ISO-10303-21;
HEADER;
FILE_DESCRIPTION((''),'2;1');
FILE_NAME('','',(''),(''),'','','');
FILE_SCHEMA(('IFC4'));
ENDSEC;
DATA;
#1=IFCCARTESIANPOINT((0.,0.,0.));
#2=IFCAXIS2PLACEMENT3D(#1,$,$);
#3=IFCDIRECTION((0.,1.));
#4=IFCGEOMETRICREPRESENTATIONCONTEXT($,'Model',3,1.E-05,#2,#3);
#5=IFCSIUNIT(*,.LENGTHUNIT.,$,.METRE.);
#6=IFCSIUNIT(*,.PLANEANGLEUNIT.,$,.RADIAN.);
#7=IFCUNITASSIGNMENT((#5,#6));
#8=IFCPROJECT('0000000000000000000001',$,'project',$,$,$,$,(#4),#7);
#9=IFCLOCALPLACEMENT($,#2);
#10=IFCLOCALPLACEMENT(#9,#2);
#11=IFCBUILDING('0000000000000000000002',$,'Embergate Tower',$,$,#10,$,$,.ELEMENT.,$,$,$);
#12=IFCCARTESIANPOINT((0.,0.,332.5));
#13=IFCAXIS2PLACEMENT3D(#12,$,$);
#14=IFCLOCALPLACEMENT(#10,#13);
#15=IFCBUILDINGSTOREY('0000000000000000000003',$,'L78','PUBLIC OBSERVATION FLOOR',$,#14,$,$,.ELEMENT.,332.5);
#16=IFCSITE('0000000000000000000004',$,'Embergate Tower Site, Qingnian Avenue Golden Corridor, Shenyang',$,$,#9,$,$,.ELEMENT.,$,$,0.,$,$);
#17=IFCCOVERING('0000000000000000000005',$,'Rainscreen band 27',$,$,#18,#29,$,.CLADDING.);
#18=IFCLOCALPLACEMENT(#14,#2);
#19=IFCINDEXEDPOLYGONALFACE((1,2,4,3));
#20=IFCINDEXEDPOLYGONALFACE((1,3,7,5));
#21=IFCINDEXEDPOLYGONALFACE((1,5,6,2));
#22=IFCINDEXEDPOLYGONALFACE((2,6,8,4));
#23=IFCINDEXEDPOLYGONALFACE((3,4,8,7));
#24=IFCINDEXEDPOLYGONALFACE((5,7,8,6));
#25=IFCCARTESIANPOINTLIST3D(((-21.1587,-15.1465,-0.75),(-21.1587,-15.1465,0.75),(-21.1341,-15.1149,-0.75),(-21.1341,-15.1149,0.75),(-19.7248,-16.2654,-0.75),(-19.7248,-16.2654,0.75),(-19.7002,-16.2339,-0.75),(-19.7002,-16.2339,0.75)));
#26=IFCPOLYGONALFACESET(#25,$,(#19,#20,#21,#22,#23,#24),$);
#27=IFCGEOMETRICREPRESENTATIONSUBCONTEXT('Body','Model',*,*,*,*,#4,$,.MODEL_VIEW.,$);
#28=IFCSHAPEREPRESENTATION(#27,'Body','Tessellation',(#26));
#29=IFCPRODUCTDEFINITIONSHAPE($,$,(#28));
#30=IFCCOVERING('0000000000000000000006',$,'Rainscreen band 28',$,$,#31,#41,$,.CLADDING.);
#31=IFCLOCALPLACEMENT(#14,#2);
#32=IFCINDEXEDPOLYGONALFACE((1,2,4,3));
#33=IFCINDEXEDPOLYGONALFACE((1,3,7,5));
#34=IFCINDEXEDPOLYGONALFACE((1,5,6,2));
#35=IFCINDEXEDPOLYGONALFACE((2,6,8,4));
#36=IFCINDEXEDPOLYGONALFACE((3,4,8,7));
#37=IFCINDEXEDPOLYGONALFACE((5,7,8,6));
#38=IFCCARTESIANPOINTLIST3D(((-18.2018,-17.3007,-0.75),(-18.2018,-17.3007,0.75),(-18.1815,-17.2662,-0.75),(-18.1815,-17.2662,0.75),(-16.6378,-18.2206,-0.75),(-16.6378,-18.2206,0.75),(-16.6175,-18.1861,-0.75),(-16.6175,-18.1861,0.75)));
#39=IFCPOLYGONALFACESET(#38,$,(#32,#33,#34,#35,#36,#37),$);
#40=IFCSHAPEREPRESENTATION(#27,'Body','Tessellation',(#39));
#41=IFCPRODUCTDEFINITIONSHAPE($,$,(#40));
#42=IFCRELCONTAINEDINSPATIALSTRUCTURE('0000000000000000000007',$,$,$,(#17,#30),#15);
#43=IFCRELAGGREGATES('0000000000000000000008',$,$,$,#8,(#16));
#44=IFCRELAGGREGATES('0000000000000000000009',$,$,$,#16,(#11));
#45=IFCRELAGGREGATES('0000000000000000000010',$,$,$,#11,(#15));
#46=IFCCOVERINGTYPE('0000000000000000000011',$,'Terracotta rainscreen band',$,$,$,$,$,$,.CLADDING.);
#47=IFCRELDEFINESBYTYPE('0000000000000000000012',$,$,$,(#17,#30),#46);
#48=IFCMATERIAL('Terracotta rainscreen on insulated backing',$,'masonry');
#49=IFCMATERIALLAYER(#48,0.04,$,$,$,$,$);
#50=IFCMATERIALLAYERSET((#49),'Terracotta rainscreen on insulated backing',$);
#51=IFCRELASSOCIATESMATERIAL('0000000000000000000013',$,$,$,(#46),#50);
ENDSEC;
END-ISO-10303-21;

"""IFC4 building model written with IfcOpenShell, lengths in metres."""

from ifc_helpers import new_model, si_unit, direction, frame, origin, origin_2d, place, context, subcontext, project, spatial, rectangle, extrude, source, transform, mapped, material, layer, layer_set, type_object, element, save


model = new_model("IFC4")

# Units and contexts
model_context = context("Model", 3, precision=1e-05, world=origin(), true_north=direction((0.0, 1.0)))
body_context = subcontext(model_context, "Body", "Model", "MODEL_VIEW")
ifc_project = project(units=[si_unit("LENGTHUNIT", "METRE"), si_unit("PLANEANGLEUNIT", "RADIAN")], contexts=[model_context])

# Site, building, storey
site_placement = place(None, origin())
site = spatial("IfcSite", under=ifc_project, at=site_placement, Name="Embergate Tower Site, Qingnian Avenue Golden Corridor, Shenyang", CompositionType="ELEMENT", RefElevation=0.0)
building_placement = place(site_placement, origin())
building = spatial("IfcBuilding", under=site, at=building_placement, Name="Embergate Tower", CompositionType="ELEMENT")
storey_placement = place(building_placement, frame((0.0, 0.0, 332.5)))
storey = spatial("IfcBuildingStorey", under=building, at=storey_placement, Name="L78", Description="PUBLIC OBSERVATION FLOOR", CompositionType="ELEMENT", Elevation=332.5)

# Coverings
ifc_material_1 = material(Name="Terracotta rainscreen on insulated backing", Category="masonry")
ifc_layer_1 = layer(ifc_material_1, 0.04)
ifc_layer_set_1 = layer_set([ifc_layer_1], Name="Terracotta rainscreen on insulated backing")
covering_type = type_object("IfcCoveringType", Name="Terracotta rainscreen band", PredefinedType="CLADDING", material=ifc_layer_set_1)
shared_shape_1 = source(origin(), body_context, "Body", "SweptSolid", [
    extrude(rectangle(XDim=1.8188, YDim=0.04, at=origin_2d()), origin(), (0.0, 0.0, 1.0), 1.5),
])
covering_1_placement = place(storey_placement, frame((-20.4294, -15.6902, -0.75), z_axis=(0.0, 0.0, 1.0), x_axis=(0.788374, -0.615197, 0.0)))
element("IfcCovering", 1, at=covering_1_placement, inside=storey, type_object=covering_type, Name="Rainscreen band 27", PredefinedType="CLADDING", context=body_context, shape_type="MappedRepresentation", body=[
    mapped(shared_shape_1, transform((0.0, 0.0, 0.0))),
])
shared_shape_2 = source(origin(), body_context, "Body", "SweptSolid", [
    extrude(rectangle(XDim=1.8145, YDim=0.04, at=origin_2d()), origin(), (0.0, 0.0, 1.0), 1.5),
])
covering_2_placement = place(storey_placement, frame((-17.4097, -17.7434, -0.75), z_axis=(0.0, 0.0, 1.0), x_axis=(0.861935, -0.507019, 0.0)))
element("IfcCovering", 2, at=covering_2_placement, inside=storey, type_object=covering_type, Name="Rainscreen band 28", PredefinedType="CLADDING", context=body_context, shape_type="MappedRepresentation", body=[
    mapped(shared_shape_2, transform((0.0, 0.0, 0.0))),
])

save(model, "model.ifc")
